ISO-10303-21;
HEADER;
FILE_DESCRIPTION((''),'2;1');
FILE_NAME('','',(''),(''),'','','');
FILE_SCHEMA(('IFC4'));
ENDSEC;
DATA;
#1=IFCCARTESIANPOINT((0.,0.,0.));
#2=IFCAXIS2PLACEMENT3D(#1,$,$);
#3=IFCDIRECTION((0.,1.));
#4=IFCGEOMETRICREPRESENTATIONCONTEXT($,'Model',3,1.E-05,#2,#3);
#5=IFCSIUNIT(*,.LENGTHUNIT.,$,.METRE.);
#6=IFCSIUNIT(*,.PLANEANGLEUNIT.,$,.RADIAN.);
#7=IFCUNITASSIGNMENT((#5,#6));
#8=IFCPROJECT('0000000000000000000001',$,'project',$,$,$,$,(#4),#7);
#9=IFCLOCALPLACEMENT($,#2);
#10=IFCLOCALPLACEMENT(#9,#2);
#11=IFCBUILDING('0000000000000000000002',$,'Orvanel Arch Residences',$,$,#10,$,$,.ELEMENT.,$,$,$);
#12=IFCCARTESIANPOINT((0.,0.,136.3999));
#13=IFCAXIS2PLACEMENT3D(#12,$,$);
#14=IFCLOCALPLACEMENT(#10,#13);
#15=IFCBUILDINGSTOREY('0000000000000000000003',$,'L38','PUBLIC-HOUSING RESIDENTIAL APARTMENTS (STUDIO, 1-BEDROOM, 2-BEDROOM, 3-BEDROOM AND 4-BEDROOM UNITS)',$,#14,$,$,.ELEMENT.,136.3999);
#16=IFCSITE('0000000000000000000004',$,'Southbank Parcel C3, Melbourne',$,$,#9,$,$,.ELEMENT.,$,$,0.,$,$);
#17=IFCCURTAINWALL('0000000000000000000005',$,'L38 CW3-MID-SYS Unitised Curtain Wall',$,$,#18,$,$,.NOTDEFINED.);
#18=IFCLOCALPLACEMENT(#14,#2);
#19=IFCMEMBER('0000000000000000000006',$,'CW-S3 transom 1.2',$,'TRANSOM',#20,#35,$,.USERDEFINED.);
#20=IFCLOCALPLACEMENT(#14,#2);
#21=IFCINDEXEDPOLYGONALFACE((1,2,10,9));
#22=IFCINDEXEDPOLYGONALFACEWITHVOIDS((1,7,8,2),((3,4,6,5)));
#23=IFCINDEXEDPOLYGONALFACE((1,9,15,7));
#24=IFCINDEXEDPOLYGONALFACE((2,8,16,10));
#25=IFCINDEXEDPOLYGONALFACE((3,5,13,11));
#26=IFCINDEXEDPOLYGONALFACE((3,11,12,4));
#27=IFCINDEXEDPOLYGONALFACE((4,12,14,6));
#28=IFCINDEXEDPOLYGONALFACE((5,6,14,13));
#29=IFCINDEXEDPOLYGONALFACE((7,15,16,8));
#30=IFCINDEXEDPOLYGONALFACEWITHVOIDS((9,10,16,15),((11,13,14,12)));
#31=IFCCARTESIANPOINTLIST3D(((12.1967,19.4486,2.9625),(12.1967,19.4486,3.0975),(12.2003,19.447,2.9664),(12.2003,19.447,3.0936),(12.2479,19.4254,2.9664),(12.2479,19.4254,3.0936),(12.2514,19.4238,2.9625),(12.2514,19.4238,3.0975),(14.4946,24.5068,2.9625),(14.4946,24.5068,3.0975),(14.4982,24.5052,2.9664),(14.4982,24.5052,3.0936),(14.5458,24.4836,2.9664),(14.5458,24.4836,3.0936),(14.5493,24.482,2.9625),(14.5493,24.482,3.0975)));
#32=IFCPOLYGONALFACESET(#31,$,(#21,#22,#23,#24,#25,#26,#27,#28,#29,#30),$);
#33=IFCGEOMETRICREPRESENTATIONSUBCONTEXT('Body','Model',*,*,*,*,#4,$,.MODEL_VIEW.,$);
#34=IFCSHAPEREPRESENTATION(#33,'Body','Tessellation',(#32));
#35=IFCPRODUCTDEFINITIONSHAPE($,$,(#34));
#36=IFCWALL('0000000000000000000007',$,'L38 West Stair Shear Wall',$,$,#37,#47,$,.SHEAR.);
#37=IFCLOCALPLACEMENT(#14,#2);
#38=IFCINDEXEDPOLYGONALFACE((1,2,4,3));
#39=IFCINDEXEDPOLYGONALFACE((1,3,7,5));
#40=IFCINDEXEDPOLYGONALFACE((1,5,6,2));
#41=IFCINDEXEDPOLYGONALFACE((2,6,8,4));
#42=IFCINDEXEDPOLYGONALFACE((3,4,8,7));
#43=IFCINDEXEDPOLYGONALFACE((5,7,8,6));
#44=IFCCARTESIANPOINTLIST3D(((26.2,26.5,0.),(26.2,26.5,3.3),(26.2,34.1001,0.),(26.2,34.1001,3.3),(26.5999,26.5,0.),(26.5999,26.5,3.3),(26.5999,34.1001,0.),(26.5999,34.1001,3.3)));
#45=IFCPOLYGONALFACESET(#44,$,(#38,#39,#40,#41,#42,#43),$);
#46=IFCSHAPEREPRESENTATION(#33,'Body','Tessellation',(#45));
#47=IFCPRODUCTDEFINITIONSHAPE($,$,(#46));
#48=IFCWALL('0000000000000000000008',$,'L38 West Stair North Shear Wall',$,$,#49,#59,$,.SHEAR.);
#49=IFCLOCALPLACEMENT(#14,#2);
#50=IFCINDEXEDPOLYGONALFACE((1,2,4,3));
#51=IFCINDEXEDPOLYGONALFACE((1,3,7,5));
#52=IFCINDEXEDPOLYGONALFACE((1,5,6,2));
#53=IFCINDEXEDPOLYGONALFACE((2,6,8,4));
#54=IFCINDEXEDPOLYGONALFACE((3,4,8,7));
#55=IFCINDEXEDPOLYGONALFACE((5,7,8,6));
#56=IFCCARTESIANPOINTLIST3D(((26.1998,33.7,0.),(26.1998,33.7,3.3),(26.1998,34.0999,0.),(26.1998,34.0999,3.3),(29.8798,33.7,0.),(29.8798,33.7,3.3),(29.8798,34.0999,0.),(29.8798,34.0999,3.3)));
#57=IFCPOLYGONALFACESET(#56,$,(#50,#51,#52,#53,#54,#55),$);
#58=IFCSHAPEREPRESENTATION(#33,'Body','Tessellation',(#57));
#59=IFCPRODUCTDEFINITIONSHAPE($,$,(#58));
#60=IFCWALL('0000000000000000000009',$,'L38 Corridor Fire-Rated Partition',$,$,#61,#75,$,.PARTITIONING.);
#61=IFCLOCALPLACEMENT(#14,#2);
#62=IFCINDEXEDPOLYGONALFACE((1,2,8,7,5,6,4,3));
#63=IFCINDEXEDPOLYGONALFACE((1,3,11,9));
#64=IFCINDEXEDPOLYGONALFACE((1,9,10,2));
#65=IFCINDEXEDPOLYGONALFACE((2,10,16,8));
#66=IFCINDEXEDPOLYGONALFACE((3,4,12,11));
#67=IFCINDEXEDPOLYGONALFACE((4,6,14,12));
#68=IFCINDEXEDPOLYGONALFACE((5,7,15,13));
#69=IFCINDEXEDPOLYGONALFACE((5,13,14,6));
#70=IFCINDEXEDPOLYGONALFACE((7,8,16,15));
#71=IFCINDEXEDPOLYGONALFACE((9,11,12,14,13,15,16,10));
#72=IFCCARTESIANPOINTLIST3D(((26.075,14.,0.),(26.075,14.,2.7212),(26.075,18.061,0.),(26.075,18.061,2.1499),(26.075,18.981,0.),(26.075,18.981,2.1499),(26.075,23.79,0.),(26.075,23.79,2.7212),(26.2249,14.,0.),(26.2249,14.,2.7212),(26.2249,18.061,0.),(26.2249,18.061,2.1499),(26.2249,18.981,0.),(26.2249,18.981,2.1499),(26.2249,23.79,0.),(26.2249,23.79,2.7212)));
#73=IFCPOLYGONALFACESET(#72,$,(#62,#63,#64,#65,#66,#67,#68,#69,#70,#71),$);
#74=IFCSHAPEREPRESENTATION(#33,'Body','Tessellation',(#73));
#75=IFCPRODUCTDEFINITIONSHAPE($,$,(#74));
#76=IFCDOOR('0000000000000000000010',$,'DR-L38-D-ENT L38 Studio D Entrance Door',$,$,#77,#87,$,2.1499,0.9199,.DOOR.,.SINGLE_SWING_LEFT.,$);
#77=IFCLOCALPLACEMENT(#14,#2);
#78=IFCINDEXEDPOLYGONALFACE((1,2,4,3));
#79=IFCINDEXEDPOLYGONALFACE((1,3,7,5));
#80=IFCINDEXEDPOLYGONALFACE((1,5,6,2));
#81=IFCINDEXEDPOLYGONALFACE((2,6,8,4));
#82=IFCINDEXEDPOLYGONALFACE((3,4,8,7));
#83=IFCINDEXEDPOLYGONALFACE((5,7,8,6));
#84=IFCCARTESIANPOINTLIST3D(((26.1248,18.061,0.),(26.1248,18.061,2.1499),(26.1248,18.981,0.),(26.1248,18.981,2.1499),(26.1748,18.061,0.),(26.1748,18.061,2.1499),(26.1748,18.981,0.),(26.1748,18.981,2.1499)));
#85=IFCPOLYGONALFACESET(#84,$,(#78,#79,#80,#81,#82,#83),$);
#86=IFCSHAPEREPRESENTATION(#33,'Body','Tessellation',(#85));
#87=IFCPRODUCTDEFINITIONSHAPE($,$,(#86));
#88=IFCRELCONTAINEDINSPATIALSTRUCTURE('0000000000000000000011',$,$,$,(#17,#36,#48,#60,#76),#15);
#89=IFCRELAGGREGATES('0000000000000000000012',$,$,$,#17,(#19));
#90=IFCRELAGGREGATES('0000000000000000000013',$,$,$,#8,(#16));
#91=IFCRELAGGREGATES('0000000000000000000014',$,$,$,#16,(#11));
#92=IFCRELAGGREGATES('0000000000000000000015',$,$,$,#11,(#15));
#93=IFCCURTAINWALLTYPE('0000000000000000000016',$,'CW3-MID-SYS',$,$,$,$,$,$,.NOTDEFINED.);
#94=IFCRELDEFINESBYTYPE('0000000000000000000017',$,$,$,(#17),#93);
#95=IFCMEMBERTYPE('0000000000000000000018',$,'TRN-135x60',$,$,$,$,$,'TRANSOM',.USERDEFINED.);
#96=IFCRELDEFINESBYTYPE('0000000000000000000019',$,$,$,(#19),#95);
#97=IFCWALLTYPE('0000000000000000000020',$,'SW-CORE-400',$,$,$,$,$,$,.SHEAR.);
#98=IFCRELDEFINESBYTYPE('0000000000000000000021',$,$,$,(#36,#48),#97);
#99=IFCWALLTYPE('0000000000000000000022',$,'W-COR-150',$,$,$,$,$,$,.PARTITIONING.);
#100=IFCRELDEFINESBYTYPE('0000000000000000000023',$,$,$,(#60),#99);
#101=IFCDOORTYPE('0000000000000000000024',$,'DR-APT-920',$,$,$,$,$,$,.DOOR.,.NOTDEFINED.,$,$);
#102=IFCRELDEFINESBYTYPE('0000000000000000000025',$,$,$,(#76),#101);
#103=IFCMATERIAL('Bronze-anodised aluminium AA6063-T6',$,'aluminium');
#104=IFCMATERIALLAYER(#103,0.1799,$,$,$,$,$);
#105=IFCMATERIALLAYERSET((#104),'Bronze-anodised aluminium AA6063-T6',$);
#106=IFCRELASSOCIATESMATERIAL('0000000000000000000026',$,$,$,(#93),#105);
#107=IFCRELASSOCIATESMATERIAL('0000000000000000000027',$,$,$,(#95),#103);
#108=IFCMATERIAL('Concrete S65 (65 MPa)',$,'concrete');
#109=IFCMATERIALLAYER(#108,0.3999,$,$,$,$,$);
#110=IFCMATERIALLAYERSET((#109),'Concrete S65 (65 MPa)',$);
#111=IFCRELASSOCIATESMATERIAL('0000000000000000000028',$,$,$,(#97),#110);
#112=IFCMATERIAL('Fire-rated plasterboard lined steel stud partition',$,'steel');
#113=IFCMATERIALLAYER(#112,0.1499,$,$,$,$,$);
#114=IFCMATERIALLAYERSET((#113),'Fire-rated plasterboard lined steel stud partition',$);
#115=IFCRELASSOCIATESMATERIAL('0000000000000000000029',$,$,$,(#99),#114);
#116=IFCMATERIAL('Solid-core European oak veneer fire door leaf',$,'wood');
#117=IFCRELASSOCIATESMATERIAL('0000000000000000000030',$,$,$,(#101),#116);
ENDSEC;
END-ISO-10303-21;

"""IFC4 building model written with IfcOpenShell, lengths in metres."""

from ifc_helpers import new_model, si_unit, direction, frame, frame_2d, origin, origin_2d, place, context, subcontext, project, spatial, rectangle, hollow_rectangle, extrude, material, layer, layer_set, material_profile, profile_set, type_object, element, fill, aggregate, save


model = new_model("IFC4")

# Units and contexts
model_context = context("Model", 3, precision=1e-05, world=origin(), true_north=direction((0.0, 1.0)))
body_context = subcontext(model_context, "Body", "Model", "MODEL_VIEW")
ifc_project = project(units=[si_unit("LENGTHUNIT", "METRE"), si_unit("PLANEANGLEUNIT", "RADIAN")], contexts=[model_context])

# Site, building, storey
site_placement = place(None, origin())
site = spatial("IfcSite", under=ifc_project, at=site_placement, Name="Southbank Parcel C3, Melbourne", CompositionType="ELEMENT", RefElevation=0.0)
building_placement = place(site_placement, origin())
building = spatial("IfcBuilding", under=site, at=building_placement, Name="Orvanel Arch Residences", CompositionType="ELEMENT")
storey_placement = place(building_placement, frame((0.0, 0.0, 136.3999)))
storey = spatial("IfcBuildingStorey", under=building, at=storey_placement, Name="L38", Description="PUBLIC-HOUSING RESIDENTIAL APARTMENTS (STUDIO, 1-BEDROOM, 2-BEDROOM, 3-BEDROOM AND 4-BEDROOM UNITS)", CompositionType="ELEMENT", Elevation=136.3999)

# Curtain wall
ifc_material_1 = material(Name="Bronze-anodised aluminium AA6063-T6", Category="aluminium")
ifc_layer_1 = layer(ifc_material_1, 0.1799)
ifc_layer_set_1 = layer_set([ifc_layer_1], Name="Bronze-anodised aluminium AA6063-T6")
curtain_wall_type = type_object("IfcCurtainWallType", Name="CW3-MID-SYS", PredefinedType="NOTDEFINED", material=ifc_layer_set_1)
curtain_wall_placement = place(storey_placement, origin())
curtain_wall = element("IfcCurtainWall", 1, at=curtain_wall_placement, inside=storey, type_object=curtain_wall_type, Name="L38 CW3-MID-SYS Unitised Curtain Wall", PredefinedType="NOTDEFINED")

# Member
ifc_material_profile_1 = material_profile(ifc_material_1, hollow_rectangle(XDim=0.0601, YDim=0.135, WallThickness=0.0039, at=origin_2d()), Name="ALU135x60x4")
ifc_profile_set_1 = profile_set([ifc_material_profile_1], Name="Bronze-anodised aluminium AA6063-T6")
member_type_1 = type_object("IfcMemberType", Name="TRN-135x60", ElementType="TRANSOM", PredefinedType="USERDEFINED", material=ifc_profile_set_1)
member_1_placement = place(storey_placement, frame((14.522, 24.4944, 3.03), z_axis=(-0.413611, -0.910454, 0.0), x_axis=(0.910454, -0.413611, 0.0)))
member_1 = element("IfcMember", 2, at=member_1_placement, type_object=member_type_1, Name="CW-S3 transom 1.2", ObjectType="TRANSOM", PredefinedType="USERDEFINED", context=body_context, shape_type="SweptSolid", body=[
    extrude(hollow_rectangle(XDim=0.0601, YDim=0.135, WallThickness=0.0039, at=origin_2d()), origin(), (0.0, 0.0, 1.0), 5.5557),
])
aggregate(curtain_wall, [member_1])

# Shared definitions
ifc_material_2 = material(Name="Concrete S65 (65 MPa)", Category="concrete")
ifc_layer_2 = layer(ifc_material_2, 0.3999)
ifc_layer_set_2 = layer_set([ifc_layer_2], Name="Concrete S65 (65 MPa)")
wall_type_1 = type_object("IfcWallType", Name="SW-CORE-400", PredefinedType="SHEAR", material=ifc_layer_set_2)

# Walls
wall_1_placement = place(storey_placement, frame((26.3999, 26.5, 0.0), z_axis=(0.0, 0.0, 1.0), x_axis=(0.0, 1.0, 0.0)))
element("IfcWall", 3, at=wall_1_placement, inside=storey, type_object=wall_type_1, Name="L38 West Stair Shear Wall", PredefinedType="SHEAR", context=body_context, shape_type="SweptSolid", body=[
    extrude(rectangle(XDim=7.6001, YDim=0.3999, at=frame_2d((3.8, 0.0))), origin(), (0.0, 0.0, 1.0), 3.3),
])
wall_2_placement = place(storey_placement, frame((26.2, 33.8999, 0.0), z_axis=(0.0, 0.0, 1.0), x_axis=(1.0, 0.0, 0.0)))
element("IfcWall", 4, at=wall_2_placement, inside=storey, type_object=wall_type_1, Name="L38 West Stair North Shear Wall", PredefinedType="SHEAR", context=body_context, shape_type="SweptSolid", body=[
    extrude(rectangle(XDim=3.6799, YDim=0.3999, at=frame_2d((1.8398, 0.0))), origin(), (0.0, 0.0, 1.0), 3.3),
])

# Wall, opening, door
ifc_material_3 = material(Name="Fire-rated plasterboard lined steel stud partition", Category="steel")
ifc_layer_3 = layer(ifc_material_3, 0.1499)
ifc_layer_set_3 = layer_set([ifc_layer_3], Name="Fire-rated plasterboard lined steel stud partition")
wall_type_2 = type_object("IfcWallType", Name="W-COR-150", PredefinedType="PARTITIONING", material=ifc_layer_set_3)
wall_3_placement = place(storey_placement, frame((26.1499, 23.79, 0.0), z_axis=(0.0, 0.0, 1.0), x_axis=(0.0, -1.0, 0.0)))
wall_3 = element("IfcWall", 5, at=wall_3_placement, inside=storey, type_object=wall_type_2, Name="L38 Corridor Fire-Rated Partition", PredefinedType="PARTITIONING", context=body_context, shape_type="SweptSolid", body=[
    extrude(rectangle(XDim=9.79, YDim=0.1499, at=frame_2d((4.895, 0.0))), origin(), (0.0, 0.0, 1.0), 2.7212),
])
opening_1_placement = place(wall_3_placement, frame((4.8091, 0.0, 0.0)))
opening_1 = element("IfcOpeningElement", 6, at=opening_1_placement, cuts=wall_3, PredefinedType="OPENING", context=body_context, shape_type="SweptSolid", body=[
    extrude(rectangle(XDim=0.9199, YDim=2.1499, at=frame_2d((0.46, 1.075))), frame((0.0, 0.085, 0.0), z_axis=(0.0, -1.0, 0.0), x_axis=(1.0, 0.0, 0.0)), (0.0, 0.0, 1.0), 0.1699),
])
ifc_material_4 = material(Name="Solid-core European oak veneer fire door leaf", Category="wood")
door_type_1 = type_object("IfcDoorType", Name="DR-APT-920", OperationType="NOTDEFINED", PredefinedType="DOOR", material=ifc_material_4)
door_1_placement = place(opening_1_placement, origin())
door_1 = element("IfcDoor", 7, at=door_1_placement, inside=storey, type_object=door_type_1, Name="DR-L38-D-ENT L38 Studio D Entrance Door", OperationType="SINGLE_SWING_LEFT", OverallHeight=2.1499, OverallWidth=0.9199, PredefinedType="DOOR", context=body_context, shape_type="SweptSolid", body=[
    extrude(rectangle(XDim=0.9199, YDim=2.1499, at=frame_2d((0.46, 1.075))), frame((0.0, 0.0249, 0.0), z_axis=(0.0, -1.0, 0.0), x_axis=(1.0, 0.0, 0.0)), (0.0, 0.0, 1.0), 0.05),
])
fill(opening_1, door_1)

save(model, "model.ifc")
